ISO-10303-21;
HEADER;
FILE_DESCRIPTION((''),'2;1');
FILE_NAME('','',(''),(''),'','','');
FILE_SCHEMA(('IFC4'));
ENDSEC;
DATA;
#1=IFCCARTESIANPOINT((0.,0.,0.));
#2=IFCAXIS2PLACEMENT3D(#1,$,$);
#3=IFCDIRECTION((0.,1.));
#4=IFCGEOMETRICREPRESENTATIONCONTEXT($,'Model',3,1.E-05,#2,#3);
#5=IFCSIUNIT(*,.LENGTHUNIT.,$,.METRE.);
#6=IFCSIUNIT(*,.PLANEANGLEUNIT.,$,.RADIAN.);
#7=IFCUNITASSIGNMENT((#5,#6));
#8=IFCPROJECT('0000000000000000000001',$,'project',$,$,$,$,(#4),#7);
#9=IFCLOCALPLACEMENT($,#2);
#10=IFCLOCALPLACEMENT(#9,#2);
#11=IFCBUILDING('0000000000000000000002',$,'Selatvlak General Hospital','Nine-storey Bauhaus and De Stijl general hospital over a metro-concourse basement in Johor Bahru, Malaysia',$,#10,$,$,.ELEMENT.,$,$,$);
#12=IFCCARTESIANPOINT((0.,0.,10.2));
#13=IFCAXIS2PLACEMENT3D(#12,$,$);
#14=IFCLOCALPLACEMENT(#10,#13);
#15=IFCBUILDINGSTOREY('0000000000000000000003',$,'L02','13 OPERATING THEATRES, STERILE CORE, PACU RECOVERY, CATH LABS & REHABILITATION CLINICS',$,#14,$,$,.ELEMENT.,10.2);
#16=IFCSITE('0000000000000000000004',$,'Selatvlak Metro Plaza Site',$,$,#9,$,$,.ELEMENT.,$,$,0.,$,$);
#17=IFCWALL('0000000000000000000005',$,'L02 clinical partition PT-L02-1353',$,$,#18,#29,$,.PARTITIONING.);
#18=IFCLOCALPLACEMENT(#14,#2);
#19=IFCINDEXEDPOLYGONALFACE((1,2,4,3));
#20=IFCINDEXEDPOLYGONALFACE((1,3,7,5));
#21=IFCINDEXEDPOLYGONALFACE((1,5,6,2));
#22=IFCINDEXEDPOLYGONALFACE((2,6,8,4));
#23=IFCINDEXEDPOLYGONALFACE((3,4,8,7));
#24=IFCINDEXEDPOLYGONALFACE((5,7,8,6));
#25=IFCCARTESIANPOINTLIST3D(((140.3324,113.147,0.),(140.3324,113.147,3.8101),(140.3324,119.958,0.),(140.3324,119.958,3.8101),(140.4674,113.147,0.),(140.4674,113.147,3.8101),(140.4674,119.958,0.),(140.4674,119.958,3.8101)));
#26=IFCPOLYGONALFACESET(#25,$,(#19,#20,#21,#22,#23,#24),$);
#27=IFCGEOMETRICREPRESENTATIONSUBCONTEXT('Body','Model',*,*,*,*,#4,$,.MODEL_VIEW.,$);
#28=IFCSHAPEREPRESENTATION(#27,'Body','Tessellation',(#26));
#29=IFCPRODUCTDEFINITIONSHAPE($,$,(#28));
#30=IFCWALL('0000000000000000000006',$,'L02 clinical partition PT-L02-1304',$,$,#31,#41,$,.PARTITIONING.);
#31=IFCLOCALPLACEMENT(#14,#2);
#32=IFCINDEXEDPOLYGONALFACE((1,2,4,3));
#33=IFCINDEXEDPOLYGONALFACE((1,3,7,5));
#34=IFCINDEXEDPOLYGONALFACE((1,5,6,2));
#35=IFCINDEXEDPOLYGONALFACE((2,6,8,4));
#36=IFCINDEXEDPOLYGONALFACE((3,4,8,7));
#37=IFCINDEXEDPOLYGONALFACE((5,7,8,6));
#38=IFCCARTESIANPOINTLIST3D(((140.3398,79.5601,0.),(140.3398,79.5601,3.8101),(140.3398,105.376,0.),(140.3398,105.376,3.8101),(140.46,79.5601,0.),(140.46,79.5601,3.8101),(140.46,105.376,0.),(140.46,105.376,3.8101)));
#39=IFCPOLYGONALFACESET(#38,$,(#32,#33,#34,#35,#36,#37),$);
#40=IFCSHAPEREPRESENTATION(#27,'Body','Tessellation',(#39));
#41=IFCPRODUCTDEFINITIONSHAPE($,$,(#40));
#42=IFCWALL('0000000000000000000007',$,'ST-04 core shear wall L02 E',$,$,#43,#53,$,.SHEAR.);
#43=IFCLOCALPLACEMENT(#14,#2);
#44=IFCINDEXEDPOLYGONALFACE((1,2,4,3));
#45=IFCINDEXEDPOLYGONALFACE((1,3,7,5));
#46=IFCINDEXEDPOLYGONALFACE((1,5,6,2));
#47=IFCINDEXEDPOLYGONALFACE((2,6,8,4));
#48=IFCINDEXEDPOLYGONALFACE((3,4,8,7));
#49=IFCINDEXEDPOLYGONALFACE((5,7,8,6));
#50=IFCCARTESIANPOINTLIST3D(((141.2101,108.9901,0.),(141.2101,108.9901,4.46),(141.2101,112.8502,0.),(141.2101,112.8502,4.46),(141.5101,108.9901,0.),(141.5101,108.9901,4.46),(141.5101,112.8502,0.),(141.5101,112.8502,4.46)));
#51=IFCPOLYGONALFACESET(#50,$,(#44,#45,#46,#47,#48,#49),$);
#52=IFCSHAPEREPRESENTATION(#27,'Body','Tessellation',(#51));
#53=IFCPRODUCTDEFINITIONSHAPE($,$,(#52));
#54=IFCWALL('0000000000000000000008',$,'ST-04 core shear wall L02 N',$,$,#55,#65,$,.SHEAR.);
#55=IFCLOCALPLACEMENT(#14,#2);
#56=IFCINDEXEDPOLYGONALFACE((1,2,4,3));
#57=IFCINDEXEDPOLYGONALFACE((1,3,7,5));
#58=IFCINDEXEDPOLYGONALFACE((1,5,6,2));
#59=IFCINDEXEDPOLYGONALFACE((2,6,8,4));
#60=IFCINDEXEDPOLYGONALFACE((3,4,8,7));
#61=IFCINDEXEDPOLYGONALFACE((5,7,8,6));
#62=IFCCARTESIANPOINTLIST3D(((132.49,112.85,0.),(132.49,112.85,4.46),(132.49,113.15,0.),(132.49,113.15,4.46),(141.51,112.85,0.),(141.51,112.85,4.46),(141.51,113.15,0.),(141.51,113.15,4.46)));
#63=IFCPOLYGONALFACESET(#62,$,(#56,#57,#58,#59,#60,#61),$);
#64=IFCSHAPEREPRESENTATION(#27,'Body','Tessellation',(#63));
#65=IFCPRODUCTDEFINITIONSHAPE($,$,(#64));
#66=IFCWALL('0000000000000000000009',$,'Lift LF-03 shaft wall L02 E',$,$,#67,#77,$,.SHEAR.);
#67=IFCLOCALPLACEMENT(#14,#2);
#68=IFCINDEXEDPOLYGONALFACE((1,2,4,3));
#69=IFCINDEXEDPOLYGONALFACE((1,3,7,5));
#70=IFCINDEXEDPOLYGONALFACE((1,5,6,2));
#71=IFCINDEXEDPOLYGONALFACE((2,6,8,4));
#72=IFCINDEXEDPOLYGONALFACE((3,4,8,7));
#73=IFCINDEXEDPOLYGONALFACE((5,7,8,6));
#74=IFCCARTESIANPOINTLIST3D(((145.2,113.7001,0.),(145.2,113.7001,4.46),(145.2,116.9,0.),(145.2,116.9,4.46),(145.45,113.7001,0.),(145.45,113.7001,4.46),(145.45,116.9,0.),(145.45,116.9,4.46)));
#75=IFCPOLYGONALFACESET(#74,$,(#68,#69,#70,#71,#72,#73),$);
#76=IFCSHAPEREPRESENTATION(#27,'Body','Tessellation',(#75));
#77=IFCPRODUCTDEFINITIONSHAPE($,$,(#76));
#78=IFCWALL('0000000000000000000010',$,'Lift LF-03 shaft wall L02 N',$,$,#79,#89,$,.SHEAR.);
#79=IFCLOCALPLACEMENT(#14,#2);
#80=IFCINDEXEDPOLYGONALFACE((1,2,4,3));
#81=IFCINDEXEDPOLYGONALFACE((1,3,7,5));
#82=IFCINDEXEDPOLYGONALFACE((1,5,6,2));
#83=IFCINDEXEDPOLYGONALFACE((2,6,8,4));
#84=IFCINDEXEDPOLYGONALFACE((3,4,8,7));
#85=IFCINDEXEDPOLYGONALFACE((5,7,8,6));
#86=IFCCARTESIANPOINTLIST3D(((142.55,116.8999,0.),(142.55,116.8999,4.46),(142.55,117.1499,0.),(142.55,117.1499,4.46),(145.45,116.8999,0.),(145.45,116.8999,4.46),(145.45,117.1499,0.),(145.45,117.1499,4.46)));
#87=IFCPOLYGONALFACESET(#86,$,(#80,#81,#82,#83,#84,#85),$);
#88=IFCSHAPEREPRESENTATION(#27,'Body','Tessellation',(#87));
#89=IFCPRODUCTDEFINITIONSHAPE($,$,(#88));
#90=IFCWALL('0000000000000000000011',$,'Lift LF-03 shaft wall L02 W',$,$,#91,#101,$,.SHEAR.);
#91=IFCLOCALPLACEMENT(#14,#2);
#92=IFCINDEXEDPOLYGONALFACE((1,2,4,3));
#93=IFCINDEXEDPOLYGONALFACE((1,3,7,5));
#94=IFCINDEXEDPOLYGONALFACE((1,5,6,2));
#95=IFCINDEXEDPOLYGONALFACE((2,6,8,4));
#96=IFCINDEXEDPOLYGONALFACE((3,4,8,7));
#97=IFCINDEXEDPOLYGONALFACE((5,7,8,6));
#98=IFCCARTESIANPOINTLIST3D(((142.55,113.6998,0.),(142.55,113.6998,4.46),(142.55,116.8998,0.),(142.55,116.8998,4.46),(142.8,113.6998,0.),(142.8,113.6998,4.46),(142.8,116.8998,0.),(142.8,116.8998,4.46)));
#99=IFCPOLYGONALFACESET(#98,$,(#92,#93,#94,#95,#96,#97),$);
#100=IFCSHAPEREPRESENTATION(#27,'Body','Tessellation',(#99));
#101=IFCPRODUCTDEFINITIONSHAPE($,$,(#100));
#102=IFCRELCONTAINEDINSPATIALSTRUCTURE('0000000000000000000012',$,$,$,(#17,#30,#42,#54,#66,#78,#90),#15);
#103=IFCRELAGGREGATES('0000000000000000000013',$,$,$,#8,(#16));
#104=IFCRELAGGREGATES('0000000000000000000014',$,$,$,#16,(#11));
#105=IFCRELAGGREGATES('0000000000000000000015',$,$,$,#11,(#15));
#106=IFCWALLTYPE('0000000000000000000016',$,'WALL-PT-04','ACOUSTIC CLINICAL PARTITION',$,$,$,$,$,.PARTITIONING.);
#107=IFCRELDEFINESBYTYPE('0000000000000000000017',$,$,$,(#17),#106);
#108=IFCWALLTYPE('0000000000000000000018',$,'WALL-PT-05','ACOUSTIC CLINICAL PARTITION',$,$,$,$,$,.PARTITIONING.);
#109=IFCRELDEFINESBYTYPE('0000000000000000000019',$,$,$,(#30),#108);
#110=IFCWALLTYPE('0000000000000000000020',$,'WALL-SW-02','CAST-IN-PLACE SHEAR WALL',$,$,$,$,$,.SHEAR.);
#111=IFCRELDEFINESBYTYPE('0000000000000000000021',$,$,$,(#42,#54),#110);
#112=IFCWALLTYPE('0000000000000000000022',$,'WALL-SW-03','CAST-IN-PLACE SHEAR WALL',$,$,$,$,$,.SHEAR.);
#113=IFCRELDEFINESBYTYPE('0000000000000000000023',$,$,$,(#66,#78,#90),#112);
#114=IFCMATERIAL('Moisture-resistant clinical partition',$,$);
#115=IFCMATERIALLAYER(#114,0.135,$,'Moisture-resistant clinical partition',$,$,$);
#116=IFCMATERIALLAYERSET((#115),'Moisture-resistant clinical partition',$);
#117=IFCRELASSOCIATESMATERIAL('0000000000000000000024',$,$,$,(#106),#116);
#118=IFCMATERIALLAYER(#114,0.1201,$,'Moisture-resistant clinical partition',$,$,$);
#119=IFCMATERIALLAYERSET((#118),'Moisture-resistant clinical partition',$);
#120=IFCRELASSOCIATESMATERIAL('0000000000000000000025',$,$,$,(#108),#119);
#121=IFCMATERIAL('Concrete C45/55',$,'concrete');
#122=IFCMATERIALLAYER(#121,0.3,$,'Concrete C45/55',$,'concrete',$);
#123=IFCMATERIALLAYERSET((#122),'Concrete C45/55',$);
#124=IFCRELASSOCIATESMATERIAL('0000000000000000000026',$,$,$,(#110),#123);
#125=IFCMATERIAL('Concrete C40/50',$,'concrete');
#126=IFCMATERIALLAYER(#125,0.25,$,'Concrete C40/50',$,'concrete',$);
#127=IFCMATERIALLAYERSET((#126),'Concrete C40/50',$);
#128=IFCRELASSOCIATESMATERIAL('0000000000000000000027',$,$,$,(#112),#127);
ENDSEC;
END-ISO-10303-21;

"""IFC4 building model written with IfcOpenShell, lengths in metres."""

from ifc_helpers import new_model, si_unit, direction, frame, frame_2d, origin, place, context, subcontext, project, spatial, rectangle, extrude, material, layer, layer_set, type_object, element, save


model = new_model("IFC4")

# Units and contexts
model_context = context("Model", 3, precision=1e-05, world=origin(), true_north=direction((0.0, 1.0)))
body_context = subcontext(model_context, "Body", "Model", "MODEL_VIEW")
ifc_project = project(units=[si_unit("LENGTHUNIT", "METRE"), si_unit("PLANEANGLEUNIT", "RADIAN")], contexts=[model_context])

# Site, building, storey
site_placement = place(None, origin())
site = spatial("IfcSite", under=ifc_project, at=site_placement, Name="Selatvlak Metro Plaza Site", CompositionType="ELEMENT", RefElevation=0.0)
building_placement = place(site_placement, origin())
building = spatial("IfcBuilding", under=site, at=building_placement, Name="Selatvlak General Hospital", Description="Nine-storey Bauhaus and De Stijl general hospital over a metro-concourse basement in Johor Bahru, Malaysia", CompositionType="ELEMENT")
storey_placement = place(building_placement, frame((0.0, 0.0, 10.2)))
storey = spatial("IfcBuildingStorey", under=building, at=storey_placement, Name="L02", Description="13 OPERATING THEATRES, STERILE CORE, PACU RECOVERY, CATH LABS & REHABILITATION CLINICS", CompositionType="ELEMENT", Elevation=10.2)

# Shared definitions
ifc_material_1 = material(Name="Concrete C40/50", Category="concrete")

# Walls
ifc_material_2 = material(Name="Moisture-resistant clinical partition")
ifc_layer_1 = layer(ifc_material_2, 0.135, Name="Moisture-resistant clinical partition")
ifc_layer_set_1 = layer_set([ifc_layer_1], Name="Moisture-resistant clinical partition")
wall_type_1 = type_object("IfcWallType", Name="WALL-PT-04", Description="ACOUSTIC CLINICAL PARTITION", PredefinedType="PARTITIONING", material=ifc_layer_set_1)
wall_1_placement = place(storey_placement, frame((140.3999, 119.958, 0.0), z_axis=(0.0, 0.0, 1.0), x_axis=(0.0, -1.0, 0.0)))
element("IfcWall", 1, at=wall_1_placement, inside=storey, type_object=wall_type_1, Name="L02 clinical partition PT-L02-1353", PredefinedType="PARTITIONING", context=body_context, shape_type="SweptSolid", body=[
    extrude(rectangle(XDim=6.811, YDim=0.135, at=frame_2d((3.4055, 0.0))), origin(), (0.0, 0.0, 1.0), 3.8101),
])
ifc_layer_2 = layer(ifc_material_2, 0.1201, Name="Moisture-resistant clinical partition")
ifc_layer_set_2 = layer_set([ifc_layer_2], Name="Moisture-resistant clinical partition")
wall_type_2 = type_object("IfcWallType", Name="WALL-PT-05", Description="ACOUSTIC CLINICAL PARTITION", PredefinedType="PARTITIONING", material=ifc_layer_set_2)
wall_2_placement = place(storey_placement, frame((140.3999, 105.376, 0.0), z_axis=(0.0, 0.0, 1.0), x_axis=(0.0, -1.0, 0.0)))
element("IfcWall", 2, at=wall_2_placement, inside=storey, type_object=wall_type_2, Name="L02 clinical partition PT-L02-1304", PredefinedType="PARTITIONING", context=body_context, shape_type="SweptSolid", body=[
    extrude(rectangle(XDim=25.8159, YDim=0.1201, at=frame_2d((12.908, 0.0))), origin(), (0.0, 0.0, 1.0), 3.8101),
])
ifc_material_3 = material(Name="Concrete C45/55", Category="concrete")
ifc_layer_3 = layer(ifc_material_3, 0.3, Name="Concrete C45/55", Category="concrete")
ifc_layer_set_3 = layer_set([ifc_layer_3], Name="Concrete C45/55")
wall_type_3 = type_object("IfcWallType", Name="WALL-SW-02", Description="CAST-IN-PLACE SHEAR WALL", PredefinedType="SHEAR", material=ifc_layer_set_3)
wall_3_placement = place(storey_placement, frame((141.3601, 108.99, 0.0), z_axis=(0.0, 0.0, 1.0), x_axis=(0.0, 1.0, 0.0)))
element("IfcWall", 3, at=wall_3_placement, inside=storey, type_object=wall_type_3, Name="ST-04 core shear wall L02 E", PredefinedType="SHEAR", context=body_context, shape_type="SweptSolid", body=[
    extrude(rectangle(XDim=3.8601, YDim=0.3, at=frame_2d((1.9302, 0.0))), origin(), (0.0, 0.0, 1.0), 4.46),
])
wall_4_placement = place(storey_placement, frame((141.51, 113.0, 0.0), z_axis=(0.0, 0.0, 1.0), x_axis=(-1.0, 0.0, 0.0)))
element("IfcWall", 4, at=wall_4_placement, inside=storey, type_object=wall_type_3, Name="ST-04 core shear wall L02 N", PredefinedType="SHEAR", context=body_context, shape_type="SweptSolid", body=[
    extrude(rectangle(XDim=9.02, YDim=0.3, at=frame_2d((4.51, 0.0))), origin(), (0.0, 0.0, 1.0), 4.46),
])

# Shared definitions
ifc_layer_4 = layer(ifc_material_1, 0.25, Name="Concrete C40/50", Category="concrete")
ifc_layer_set_4 = layer_set([ifc_layer_4], Name="Concrete C40/50")
wall_type_4 = type_object("IfcWallType", Name="WALL-SW-03", Description="CAST-IN-PLACE SHEAR WALL", PredefinedType="SHEAR", material=ifc_layer_set_4)

# Walls
wall_5_placement = place(storey_placement, frame((145.325, 113.7, 0.0), z_axis=(0.0, 0.0, 1.0), x_axis=(0.0, 1.0, 0.0)))
element("IfcWall", 5, at=wall_5_placement, inside=storey, type_object=wall_type_4, Name="Lift LF-03 shaft wall L02 E", PredefinedType="SHEAR", context=body_context, shape_type="SweptSolid", body=[
    extrude(rectangle(XDim=3.2, YDim=0.25, at=frame_2d((1.6001, 0.0))), origin(), (0.0, 0.0, 1.0), 4.46),
])
wall_6_placement = place(storey_placement, frame((145.45, 117.0249, 0.0), z_axis=(0.0, 0.0, 1.0), x_axis=(-1.0, 0.0, 0.0)))
element("IfcWall", 6, at=wall_6_placement, inside=storey, type_object=wall_type_4, Name="Lift LF-03 shaft wall L02 N", PredefinedType="SHEAR", context=body_context, shape_type="SweptSolid", body=[
    extrude(rectangle(XDim=2.8999, YDim=0.25, at=frame_2d((1.45, 0.0))), origin(), (0.0, 0.0, 1.0), 4.46),
])
wall_7_placement = place(storey_placement, frame((142.675, 116.8999, 0.0), z_axis=(0.0, 0.0, 1.0), x_axis=(0.0, -1.0, 0.0)))
element("IfcWall", 7, at=wall_7_placement, inside=storey, type_object=wall_type_4, Name="Lift LF-03 shaft wall L02 W", PredefinedType="SHEAR", context=body_context, shape_type="SweptSolid", body=[
    extrude(rectangle(XDim=3.2, YDim=0.25, at=frame_2d((1.6001, 0.0))), origin(), (0.0, 0.0, 1.0), 4.46),
])

save(model, "model.ifc")
